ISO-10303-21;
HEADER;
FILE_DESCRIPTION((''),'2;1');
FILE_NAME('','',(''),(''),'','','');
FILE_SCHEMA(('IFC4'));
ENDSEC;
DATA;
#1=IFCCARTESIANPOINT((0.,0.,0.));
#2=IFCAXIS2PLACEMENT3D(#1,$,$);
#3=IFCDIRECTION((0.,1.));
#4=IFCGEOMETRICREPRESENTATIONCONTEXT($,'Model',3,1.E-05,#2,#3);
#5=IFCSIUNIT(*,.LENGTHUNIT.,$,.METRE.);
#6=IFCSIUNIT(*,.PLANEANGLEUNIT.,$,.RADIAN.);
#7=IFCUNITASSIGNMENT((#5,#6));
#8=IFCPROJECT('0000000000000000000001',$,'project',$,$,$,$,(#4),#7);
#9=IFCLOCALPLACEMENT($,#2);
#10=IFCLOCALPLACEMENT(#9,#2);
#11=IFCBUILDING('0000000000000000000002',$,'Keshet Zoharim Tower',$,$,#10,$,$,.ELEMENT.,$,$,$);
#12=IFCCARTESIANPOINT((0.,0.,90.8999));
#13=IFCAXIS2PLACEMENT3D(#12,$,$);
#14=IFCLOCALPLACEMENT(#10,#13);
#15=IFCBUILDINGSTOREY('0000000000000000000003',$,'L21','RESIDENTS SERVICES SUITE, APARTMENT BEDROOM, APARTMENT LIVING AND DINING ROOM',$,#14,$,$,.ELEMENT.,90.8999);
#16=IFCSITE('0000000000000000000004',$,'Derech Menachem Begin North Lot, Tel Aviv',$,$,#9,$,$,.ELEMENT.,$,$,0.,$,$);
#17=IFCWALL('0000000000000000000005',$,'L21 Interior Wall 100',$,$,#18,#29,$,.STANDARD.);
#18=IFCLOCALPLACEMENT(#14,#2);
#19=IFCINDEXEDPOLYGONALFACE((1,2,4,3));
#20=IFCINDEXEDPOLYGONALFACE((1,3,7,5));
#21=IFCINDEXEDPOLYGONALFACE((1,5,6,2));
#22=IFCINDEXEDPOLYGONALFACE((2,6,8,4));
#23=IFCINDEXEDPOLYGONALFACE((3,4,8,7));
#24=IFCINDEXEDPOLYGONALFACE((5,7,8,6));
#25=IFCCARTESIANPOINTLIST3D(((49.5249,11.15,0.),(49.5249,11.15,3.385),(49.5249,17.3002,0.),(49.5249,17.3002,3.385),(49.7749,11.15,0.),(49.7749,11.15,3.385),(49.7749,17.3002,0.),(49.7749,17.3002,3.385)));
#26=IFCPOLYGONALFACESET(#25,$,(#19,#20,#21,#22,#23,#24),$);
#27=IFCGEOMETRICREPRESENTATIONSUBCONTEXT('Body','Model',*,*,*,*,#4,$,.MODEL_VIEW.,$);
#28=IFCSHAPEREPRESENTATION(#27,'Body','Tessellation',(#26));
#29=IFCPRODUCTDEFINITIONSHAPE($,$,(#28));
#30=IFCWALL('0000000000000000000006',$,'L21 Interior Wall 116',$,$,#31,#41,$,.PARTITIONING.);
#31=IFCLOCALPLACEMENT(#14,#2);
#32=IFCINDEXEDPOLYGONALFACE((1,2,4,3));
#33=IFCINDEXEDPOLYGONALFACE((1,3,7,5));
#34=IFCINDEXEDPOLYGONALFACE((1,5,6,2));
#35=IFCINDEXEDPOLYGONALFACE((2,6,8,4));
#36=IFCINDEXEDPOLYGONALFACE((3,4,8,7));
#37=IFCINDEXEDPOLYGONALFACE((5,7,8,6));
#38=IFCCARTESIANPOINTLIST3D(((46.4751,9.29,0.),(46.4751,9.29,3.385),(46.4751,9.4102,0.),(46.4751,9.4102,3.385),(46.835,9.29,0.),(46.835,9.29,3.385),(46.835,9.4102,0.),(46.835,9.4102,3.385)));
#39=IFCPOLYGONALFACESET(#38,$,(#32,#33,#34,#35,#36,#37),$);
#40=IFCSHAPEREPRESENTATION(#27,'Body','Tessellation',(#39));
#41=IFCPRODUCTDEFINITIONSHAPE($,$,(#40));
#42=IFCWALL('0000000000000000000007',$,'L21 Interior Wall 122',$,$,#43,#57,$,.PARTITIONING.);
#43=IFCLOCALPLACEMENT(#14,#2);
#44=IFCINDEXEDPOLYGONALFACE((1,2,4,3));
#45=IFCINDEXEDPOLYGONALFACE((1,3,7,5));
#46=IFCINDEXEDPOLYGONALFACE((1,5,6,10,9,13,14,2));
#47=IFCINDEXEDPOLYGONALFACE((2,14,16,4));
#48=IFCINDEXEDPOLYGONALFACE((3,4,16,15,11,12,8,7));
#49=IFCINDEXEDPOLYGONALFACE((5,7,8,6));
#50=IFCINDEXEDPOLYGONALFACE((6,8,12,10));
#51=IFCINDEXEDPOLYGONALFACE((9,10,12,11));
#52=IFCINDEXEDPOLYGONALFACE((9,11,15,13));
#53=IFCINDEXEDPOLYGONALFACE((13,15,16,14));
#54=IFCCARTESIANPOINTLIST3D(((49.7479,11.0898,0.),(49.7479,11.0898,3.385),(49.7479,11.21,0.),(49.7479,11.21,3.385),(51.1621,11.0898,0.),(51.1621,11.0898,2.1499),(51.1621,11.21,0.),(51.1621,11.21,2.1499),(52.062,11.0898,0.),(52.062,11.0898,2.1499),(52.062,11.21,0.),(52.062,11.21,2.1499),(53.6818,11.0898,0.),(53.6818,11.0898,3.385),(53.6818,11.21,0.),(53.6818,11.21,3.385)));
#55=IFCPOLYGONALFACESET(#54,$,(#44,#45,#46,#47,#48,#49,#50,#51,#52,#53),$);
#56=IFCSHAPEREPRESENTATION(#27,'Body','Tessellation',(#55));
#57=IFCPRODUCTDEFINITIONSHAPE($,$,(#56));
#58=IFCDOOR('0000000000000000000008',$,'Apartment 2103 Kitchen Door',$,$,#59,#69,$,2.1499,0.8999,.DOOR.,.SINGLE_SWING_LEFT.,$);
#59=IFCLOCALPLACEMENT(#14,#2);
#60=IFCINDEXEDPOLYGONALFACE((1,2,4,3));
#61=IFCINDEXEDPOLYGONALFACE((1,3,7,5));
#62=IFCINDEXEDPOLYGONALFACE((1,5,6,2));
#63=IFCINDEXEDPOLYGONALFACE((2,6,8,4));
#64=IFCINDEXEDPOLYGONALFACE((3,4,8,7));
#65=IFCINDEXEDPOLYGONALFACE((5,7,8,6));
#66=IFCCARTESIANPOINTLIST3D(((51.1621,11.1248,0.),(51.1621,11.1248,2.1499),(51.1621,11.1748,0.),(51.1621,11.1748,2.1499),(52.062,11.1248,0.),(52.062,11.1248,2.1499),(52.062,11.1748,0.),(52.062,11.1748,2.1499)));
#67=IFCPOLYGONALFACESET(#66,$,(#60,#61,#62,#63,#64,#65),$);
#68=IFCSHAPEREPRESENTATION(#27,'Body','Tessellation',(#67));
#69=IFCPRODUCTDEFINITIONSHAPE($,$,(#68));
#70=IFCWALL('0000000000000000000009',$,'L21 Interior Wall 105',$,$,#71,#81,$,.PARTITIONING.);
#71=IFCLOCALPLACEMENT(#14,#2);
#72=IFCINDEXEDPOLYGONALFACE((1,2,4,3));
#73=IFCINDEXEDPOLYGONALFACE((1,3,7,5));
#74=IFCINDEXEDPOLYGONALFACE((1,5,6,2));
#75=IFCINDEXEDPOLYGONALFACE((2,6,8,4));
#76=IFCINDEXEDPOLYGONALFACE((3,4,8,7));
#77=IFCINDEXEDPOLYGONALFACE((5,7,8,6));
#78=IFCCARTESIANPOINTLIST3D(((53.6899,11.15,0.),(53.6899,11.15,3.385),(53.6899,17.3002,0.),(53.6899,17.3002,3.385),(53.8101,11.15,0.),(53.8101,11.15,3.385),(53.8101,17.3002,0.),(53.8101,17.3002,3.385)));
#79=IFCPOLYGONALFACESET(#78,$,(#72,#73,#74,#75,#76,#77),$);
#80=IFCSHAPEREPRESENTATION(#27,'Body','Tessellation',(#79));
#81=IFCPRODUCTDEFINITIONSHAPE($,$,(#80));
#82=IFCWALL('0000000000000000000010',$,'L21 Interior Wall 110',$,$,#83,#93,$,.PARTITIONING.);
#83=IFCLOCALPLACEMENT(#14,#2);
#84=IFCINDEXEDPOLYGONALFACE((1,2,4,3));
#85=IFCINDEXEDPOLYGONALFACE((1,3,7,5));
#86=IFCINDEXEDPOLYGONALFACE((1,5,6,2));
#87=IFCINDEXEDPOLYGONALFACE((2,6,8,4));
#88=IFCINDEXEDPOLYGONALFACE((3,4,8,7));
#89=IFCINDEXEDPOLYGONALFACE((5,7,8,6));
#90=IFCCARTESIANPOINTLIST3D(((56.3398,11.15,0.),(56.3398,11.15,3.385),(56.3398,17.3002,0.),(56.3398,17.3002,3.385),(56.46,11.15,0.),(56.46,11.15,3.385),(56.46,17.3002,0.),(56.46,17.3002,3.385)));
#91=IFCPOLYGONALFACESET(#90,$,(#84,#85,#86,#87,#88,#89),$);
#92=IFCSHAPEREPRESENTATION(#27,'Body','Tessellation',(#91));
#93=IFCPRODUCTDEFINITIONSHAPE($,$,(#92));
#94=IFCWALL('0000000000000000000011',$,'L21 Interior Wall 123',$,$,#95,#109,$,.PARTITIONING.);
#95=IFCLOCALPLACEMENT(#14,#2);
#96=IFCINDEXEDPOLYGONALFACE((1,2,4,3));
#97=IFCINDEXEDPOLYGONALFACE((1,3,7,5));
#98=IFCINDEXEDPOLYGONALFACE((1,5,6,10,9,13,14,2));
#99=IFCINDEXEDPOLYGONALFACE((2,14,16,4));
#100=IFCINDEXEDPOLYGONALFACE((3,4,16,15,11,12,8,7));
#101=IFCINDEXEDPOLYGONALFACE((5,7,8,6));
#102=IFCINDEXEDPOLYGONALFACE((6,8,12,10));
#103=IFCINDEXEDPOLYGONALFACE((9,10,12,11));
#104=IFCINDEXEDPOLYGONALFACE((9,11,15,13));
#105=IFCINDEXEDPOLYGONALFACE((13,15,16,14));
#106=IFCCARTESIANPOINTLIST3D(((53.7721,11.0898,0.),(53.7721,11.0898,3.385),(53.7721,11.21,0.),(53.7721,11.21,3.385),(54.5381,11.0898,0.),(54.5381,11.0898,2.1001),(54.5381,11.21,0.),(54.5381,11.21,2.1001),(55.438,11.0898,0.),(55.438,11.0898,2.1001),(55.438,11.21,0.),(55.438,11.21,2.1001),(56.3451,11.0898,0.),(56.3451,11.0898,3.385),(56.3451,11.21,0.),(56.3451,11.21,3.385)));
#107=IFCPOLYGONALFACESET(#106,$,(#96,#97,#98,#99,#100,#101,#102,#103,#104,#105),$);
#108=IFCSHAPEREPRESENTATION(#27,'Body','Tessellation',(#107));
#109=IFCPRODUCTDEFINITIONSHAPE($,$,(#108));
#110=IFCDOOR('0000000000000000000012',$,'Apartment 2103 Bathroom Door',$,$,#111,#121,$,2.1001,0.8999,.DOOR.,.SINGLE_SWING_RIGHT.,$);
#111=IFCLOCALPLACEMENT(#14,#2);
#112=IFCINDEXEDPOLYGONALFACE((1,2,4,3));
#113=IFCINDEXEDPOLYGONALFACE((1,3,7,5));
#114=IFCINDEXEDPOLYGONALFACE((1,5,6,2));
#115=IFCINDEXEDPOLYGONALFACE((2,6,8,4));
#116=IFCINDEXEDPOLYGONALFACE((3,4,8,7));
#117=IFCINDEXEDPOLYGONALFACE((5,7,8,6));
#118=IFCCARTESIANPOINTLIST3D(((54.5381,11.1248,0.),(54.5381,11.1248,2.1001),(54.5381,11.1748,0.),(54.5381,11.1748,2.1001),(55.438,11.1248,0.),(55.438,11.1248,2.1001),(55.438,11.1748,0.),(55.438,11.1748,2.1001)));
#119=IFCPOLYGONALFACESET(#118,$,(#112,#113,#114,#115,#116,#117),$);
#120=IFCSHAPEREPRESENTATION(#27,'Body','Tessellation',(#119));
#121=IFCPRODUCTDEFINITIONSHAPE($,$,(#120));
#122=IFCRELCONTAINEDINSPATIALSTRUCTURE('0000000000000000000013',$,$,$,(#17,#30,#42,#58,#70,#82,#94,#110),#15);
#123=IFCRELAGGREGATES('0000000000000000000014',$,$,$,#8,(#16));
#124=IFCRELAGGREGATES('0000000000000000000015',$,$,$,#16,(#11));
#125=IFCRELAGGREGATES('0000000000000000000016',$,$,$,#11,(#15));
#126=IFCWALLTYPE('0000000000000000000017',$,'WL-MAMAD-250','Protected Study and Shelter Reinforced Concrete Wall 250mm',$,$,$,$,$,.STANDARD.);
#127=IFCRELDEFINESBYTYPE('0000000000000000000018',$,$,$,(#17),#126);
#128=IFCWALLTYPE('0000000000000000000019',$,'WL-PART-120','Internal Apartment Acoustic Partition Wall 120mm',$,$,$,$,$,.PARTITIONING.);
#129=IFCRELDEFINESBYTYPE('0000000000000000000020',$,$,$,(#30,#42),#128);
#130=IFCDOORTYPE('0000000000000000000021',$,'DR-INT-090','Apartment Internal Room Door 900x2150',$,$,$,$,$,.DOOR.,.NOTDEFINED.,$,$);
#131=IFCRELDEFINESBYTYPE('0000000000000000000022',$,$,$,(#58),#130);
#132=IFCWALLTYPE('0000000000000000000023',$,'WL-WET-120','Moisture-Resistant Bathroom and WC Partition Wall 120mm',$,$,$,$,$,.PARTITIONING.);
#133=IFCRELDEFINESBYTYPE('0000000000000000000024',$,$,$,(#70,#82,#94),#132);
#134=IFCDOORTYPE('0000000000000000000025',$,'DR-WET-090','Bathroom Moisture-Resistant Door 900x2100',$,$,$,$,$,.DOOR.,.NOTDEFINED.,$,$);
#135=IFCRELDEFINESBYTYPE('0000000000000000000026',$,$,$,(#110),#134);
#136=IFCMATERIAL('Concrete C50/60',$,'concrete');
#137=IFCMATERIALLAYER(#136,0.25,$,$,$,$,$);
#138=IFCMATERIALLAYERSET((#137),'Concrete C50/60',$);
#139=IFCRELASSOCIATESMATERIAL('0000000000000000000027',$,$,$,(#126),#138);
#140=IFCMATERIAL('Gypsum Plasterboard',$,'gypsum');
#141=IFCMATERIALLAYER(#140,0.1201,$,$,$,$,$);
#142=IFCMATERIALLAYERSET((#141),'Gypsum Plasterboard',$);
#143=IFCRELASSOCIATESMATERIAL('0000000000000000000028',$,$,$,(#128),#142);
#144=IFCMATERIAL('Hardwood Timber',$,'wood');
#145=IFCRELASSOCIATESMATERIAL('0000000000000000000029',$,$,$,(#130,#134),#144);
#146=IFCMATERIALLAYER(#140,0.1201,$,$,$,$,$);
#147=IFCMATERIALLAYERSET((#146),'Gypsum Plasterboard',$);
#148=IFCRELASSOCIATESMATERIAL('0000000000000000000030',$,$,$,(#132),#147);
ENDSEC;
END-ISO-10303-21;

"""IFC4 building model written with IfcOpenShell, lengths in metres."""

from ifc_helpers import new_model, si_unit, direction, frame, frame_2d, origin, place, context, subcontext, project, spatial, rectangle, extrude, material, layer, layer_set, type_object, element, fill, save


model = new_model("IFC4")

# Units and contexts
model_context = context("Model", 3, precision=1e-05, world=origin(), true_north=direction((0.0, 1.0)))
body_context = subcontext(model_context, "Body", "Model", "MODEL_VIEW")
ifc_project = project(units=[si_unit("LENGTHUNIT", "METRE"), si_unit("PLANEANGLEUNIT", "RADIAN")], contexts=[model_context])

# Site, building, storey
site_placement = place(None, origin())
site = spatial("IfcSite", under=ifc_project, at=site_placement, Name="Derech Menachem Begin North Lot, Tel Aviv", CompositionType="ELEMENT", RefElevation=0.0)
building_placement = place(site_placement, origin())
building = spatial("IfcBuilding", under=site, at=building_placement, Name="Keshet Zoharim Tower", CompositionType="ELEMENT")
storey_placement = place(building_placement, frame((0.0, 0.0, 90.8999)))
storey = spatial("IfcBuildingStorey", under=building, at=storey_placement, Name="L21", Description="RESIDENTS SERVICES SUITE, APARTMENT BEDROOM, APARTMENT LIVING AND DINING ROOM", CompositionType="ELEMENT", Elevation=90.8999)

# Wall
ifc_material_1 = material(Name="Concrete C50/60", Category="concrete")
ifc_layer_1 = layer(ifc_material_1, 0.25)
ifc_layer_set_1 = layer_set([ifc_layer_1], Name="Concrete C50/60")
wall_type_1 = type_object("IfcWallType", Name="WL-MAMAD-250", Description="Protected Study and Shelter Reinforced Concrete Wall 250mm", PredefinedType="STANDARD", material=ifc_layer_set_1)
for number, where, z_axis, x_axis, name in (
    (1, (49.6499, 11.1499, 0.0), (0.0, 0.0, 1.0), (0.0, 1.0, 0.0), "L21 Interior Wall 100"),
):
    element("IfcWall", number, at=place(storey_placement, frame(where, z_axis=z_axis, x_axis=x_axis)), inside=storey, type_object=wall_type_1, Name=name, PredefinedType="STANDARD", context=body_context, shape_type="SweptSolid", body=[
        extrude(rectangle(XDim=6.1501, YDim=0.25, at=frame_2d((3.0752, 0.0))), origin(), (0.0, 0.0, 1.0), 3.385),
    ])

# Shared definitions
ifc_material_2 = material(Name="Hardwood Timber", Category="wood")

# Wall
ifc_material_3 = material(Name="Gypsum Plasterboard", Category="gypsum")
ifc_layer_2 = layer(ifc_material_3, 0.1201)
ifc_layer_set_2 = layer_set([ifc_layer_2], Name="Gypsum Plasterboard")
wall_type_2 = type_object("IfcWallType", Name="WL-PART-120", Description="Internal Apartment Acoustic Partition Wall 120mm", PredefinedType="PARTITIONING", material=ifc_layer_set_2)
wall_1_placement = place(storey_placement, frame((46.4751, 9.3501, 0.0), z_axis=(0.0, 0.0, 1.0), x_axis=(1.0, 0.0, 0.0)))
element("IfcWall", 2, at=wall_1_placement, inside=storey, type_object=wall_type_2, Name="L21 Interior Wall 116", PredefinedType="PARTITIONING", context=body_context, shape_type="SweptSolid", body=[
    extrude(rectangle(XDim=0.3599, YDim=0.1201, at=frame_2d((0.1799, 0.0))), origin(), (0.0, 0.0, 1.0), 3.385),
])

# Shared definitions
door_type_1 = type_object("IfcDoorType", Name="DR-INT-090", Description="Apartment Internal Room Door 900x2150", OperationType="NOTDEFINED", PredefinedType="DOOR", material=ifc_material_2)

# Wall, opening, door
wall_2_placement = place(storey_placement, frame((49.748, 11.1499, 0.0), z_axis=(0.0, 0.0, 1.0), x_axis=(1.0, 0.0, 0.0)))
wall_2 = element("IfcWall", 3, at=wall_2_placement, inside=storey, type_object=wall_type_2, Name="L21 Interior Wall 122", PredefinedType="PARTITIONING", context=body_context, shape_type="SweptSolid", body=[
    extrude(rectangle(XDim=3.9338, YDim=0.1201, at=frame_2d((1.9668, 0.0))), origin(), (0.0, 0.0, 1.0), 3.385),
])
opening_1_placement = place(wall_2_placement, frame((1.4141, 0.0, 0.0)))
opening_1 = element("IfcOpeningElement", 4, at=opening_1_placement, cuts=wall_2, PredefinedType="OPENING", context=body_context, shape_type="SweptSolid", body=[
    extrude(rectangle(XDim=0.8999, YDim=2.1499, at=frame_2d((0.45, 1.075))), frame((0.0, 0.0701, 0.0), z_axis=(0.0, -1.0, 0.0), x_axis=(1.0, 0.0, 0.0)), (0.0, 0.0, 1.0), 0.1401),
])
door_1_placement = place(opening_1_placement, origin())
door_1 = element("IfcDoor", 5, at=door_1_placement, inside=storey, type_object=door_type_1, Name="Apartment 2103 Kitchen Door", OperationType="SINGLE_SWING_LEFT", OverallHeight=2.1499, OverallWidth=0.8999, PredefinedType="DOOR", context=body_context, shape_type="SweptSolid", body=[
    extrude(rectangle(XDim=0.8999, YDim=2.1499, at=frame_2d((0.45, 1.075))), frame((0.0, 0.0249, 0.0), z_axis=(0.0, -1.0, 0.0), x_axis=(1.0, 0.0, 0.0)), (0.0, 0.0, 1.0), 0.05),
])
fill(opening_1, door_1)

# Walls
ifc_layer_3 = layer(ifc_material_3, 0.1201)
ifc_layer_set_3 = layer_set([ifc_layer_3], Name="Gypsum Plasterboard")
wall_type_3 = type_object("IfcWallType", Name="WL-WET-120", Description="Moisture-Resistant Bathroom and WC Partition Wall 120mm", PredefinedType="PARTITIONING", material=ifc_layer_set_3)
for number, where, z_axis, x_axis, name in (
    (6, (53.75, 11.1499, 0.0), (0.0, 0.0, 1.0), (0.0, 1.0, 0.0), "L21 Interior Wall 105"),
    (7, (56.3999, 11.1499, 0.0), (0.0, 0.0, 1.0), (0.0, 1.0, 0.0), "L21 Interior Wall 110"),
):
    element("IfcWall", number, at=place(storey_placement, frame(where, z_axis=z_axis, x_axis=x_axis)), inside=storey, type_object=wall_type_3, Name=name, PredefinedType="PARTITIONING", context=body_context, shape_type="SweptSolid", body=[
        extrude(rectangle(XDim=6.1501, YDim=0.1201, at=frame_2d((3.0752, 0.0))), origin(), (0.0, 0.0, 1.0), 3.385),
    ])

# Wall, opening, door
wall_3_placement = place(storey_placement, frame((53.772, 11.1499, 0.0), z_axis=(0.0, 0.0, 1.0), x_axis=(1.0, 0.0, 0.0)))
wall_3 = element("IfcWall", 8, at=wall_3_placement, inside=storey, type_object=wall_type_3, Name="L21 Interior Wall 123", PredefinedType="PARTITIONING", context=body_context, shape_type="SweptSolid", body=[
    extrude(rectangle(XDim=2.573, YDim=0.1201, at=frame_2d((1.2866, 0.0))), origin(), (0.0, 0.0, 1.0), 3.385),
])
opening_2_placement = place(wall_3_placement, frame((0.7661, 0.0, 0.0)))
opening_2 = element("IfcOpeningElement", 9, at=opening_2_placement, cuts=wall_3, PredefinedType="OPENING", context=body_context, shape_type="SweptSolid", body=[
    extrude(rectangle(XDim=0.8999, YDim=2.1001, at=frame_2d((0.45, 1.05))), frame((0.0, 0.0701, 0.0), z_axis=(0.0, -1.0, 0.0), x_axis=(1.0, 0.0, 0.0)), (0.0, 0.0, 1.0), 0.1401),
])
door_type_2 = type_object("IfcDoorType", Name="DR-WET-090", Description="Bathroom Moisture-Resistant Door 900x2100", OperationType="NOTDEFINED", PredefinedType="DOOR", material=ifc_material_2)
door_2_placement = place(opening_2_placement, origin())
door_2 = element("IfcDoor", 10, at=door_2_placement, inside=storey, type_object=door_type_2, Name="Apartment 2103 Bathroom Door", OperationType="SINGLE_SWING_RIGHT", OverallHeight=2.1001, OverallWidth=0.8999, PredefinedType="DOOR", context=body_context, shape_type="SweptSolid", body=[
    extrude(rectangle(XDim=0.8999, YDim=2.1001, at=frame_2d((0.45, 1.05))), frame((0.0, 0.0249, 0.0), z_axis=(0.0, -1.0, 0.0), x_axis=(1.0, 0.0, 0.0)), (0.0, 0.0, 1.0), 0.05),
])
fill(opening_2, door_2)

save(model, "model.ifc")
